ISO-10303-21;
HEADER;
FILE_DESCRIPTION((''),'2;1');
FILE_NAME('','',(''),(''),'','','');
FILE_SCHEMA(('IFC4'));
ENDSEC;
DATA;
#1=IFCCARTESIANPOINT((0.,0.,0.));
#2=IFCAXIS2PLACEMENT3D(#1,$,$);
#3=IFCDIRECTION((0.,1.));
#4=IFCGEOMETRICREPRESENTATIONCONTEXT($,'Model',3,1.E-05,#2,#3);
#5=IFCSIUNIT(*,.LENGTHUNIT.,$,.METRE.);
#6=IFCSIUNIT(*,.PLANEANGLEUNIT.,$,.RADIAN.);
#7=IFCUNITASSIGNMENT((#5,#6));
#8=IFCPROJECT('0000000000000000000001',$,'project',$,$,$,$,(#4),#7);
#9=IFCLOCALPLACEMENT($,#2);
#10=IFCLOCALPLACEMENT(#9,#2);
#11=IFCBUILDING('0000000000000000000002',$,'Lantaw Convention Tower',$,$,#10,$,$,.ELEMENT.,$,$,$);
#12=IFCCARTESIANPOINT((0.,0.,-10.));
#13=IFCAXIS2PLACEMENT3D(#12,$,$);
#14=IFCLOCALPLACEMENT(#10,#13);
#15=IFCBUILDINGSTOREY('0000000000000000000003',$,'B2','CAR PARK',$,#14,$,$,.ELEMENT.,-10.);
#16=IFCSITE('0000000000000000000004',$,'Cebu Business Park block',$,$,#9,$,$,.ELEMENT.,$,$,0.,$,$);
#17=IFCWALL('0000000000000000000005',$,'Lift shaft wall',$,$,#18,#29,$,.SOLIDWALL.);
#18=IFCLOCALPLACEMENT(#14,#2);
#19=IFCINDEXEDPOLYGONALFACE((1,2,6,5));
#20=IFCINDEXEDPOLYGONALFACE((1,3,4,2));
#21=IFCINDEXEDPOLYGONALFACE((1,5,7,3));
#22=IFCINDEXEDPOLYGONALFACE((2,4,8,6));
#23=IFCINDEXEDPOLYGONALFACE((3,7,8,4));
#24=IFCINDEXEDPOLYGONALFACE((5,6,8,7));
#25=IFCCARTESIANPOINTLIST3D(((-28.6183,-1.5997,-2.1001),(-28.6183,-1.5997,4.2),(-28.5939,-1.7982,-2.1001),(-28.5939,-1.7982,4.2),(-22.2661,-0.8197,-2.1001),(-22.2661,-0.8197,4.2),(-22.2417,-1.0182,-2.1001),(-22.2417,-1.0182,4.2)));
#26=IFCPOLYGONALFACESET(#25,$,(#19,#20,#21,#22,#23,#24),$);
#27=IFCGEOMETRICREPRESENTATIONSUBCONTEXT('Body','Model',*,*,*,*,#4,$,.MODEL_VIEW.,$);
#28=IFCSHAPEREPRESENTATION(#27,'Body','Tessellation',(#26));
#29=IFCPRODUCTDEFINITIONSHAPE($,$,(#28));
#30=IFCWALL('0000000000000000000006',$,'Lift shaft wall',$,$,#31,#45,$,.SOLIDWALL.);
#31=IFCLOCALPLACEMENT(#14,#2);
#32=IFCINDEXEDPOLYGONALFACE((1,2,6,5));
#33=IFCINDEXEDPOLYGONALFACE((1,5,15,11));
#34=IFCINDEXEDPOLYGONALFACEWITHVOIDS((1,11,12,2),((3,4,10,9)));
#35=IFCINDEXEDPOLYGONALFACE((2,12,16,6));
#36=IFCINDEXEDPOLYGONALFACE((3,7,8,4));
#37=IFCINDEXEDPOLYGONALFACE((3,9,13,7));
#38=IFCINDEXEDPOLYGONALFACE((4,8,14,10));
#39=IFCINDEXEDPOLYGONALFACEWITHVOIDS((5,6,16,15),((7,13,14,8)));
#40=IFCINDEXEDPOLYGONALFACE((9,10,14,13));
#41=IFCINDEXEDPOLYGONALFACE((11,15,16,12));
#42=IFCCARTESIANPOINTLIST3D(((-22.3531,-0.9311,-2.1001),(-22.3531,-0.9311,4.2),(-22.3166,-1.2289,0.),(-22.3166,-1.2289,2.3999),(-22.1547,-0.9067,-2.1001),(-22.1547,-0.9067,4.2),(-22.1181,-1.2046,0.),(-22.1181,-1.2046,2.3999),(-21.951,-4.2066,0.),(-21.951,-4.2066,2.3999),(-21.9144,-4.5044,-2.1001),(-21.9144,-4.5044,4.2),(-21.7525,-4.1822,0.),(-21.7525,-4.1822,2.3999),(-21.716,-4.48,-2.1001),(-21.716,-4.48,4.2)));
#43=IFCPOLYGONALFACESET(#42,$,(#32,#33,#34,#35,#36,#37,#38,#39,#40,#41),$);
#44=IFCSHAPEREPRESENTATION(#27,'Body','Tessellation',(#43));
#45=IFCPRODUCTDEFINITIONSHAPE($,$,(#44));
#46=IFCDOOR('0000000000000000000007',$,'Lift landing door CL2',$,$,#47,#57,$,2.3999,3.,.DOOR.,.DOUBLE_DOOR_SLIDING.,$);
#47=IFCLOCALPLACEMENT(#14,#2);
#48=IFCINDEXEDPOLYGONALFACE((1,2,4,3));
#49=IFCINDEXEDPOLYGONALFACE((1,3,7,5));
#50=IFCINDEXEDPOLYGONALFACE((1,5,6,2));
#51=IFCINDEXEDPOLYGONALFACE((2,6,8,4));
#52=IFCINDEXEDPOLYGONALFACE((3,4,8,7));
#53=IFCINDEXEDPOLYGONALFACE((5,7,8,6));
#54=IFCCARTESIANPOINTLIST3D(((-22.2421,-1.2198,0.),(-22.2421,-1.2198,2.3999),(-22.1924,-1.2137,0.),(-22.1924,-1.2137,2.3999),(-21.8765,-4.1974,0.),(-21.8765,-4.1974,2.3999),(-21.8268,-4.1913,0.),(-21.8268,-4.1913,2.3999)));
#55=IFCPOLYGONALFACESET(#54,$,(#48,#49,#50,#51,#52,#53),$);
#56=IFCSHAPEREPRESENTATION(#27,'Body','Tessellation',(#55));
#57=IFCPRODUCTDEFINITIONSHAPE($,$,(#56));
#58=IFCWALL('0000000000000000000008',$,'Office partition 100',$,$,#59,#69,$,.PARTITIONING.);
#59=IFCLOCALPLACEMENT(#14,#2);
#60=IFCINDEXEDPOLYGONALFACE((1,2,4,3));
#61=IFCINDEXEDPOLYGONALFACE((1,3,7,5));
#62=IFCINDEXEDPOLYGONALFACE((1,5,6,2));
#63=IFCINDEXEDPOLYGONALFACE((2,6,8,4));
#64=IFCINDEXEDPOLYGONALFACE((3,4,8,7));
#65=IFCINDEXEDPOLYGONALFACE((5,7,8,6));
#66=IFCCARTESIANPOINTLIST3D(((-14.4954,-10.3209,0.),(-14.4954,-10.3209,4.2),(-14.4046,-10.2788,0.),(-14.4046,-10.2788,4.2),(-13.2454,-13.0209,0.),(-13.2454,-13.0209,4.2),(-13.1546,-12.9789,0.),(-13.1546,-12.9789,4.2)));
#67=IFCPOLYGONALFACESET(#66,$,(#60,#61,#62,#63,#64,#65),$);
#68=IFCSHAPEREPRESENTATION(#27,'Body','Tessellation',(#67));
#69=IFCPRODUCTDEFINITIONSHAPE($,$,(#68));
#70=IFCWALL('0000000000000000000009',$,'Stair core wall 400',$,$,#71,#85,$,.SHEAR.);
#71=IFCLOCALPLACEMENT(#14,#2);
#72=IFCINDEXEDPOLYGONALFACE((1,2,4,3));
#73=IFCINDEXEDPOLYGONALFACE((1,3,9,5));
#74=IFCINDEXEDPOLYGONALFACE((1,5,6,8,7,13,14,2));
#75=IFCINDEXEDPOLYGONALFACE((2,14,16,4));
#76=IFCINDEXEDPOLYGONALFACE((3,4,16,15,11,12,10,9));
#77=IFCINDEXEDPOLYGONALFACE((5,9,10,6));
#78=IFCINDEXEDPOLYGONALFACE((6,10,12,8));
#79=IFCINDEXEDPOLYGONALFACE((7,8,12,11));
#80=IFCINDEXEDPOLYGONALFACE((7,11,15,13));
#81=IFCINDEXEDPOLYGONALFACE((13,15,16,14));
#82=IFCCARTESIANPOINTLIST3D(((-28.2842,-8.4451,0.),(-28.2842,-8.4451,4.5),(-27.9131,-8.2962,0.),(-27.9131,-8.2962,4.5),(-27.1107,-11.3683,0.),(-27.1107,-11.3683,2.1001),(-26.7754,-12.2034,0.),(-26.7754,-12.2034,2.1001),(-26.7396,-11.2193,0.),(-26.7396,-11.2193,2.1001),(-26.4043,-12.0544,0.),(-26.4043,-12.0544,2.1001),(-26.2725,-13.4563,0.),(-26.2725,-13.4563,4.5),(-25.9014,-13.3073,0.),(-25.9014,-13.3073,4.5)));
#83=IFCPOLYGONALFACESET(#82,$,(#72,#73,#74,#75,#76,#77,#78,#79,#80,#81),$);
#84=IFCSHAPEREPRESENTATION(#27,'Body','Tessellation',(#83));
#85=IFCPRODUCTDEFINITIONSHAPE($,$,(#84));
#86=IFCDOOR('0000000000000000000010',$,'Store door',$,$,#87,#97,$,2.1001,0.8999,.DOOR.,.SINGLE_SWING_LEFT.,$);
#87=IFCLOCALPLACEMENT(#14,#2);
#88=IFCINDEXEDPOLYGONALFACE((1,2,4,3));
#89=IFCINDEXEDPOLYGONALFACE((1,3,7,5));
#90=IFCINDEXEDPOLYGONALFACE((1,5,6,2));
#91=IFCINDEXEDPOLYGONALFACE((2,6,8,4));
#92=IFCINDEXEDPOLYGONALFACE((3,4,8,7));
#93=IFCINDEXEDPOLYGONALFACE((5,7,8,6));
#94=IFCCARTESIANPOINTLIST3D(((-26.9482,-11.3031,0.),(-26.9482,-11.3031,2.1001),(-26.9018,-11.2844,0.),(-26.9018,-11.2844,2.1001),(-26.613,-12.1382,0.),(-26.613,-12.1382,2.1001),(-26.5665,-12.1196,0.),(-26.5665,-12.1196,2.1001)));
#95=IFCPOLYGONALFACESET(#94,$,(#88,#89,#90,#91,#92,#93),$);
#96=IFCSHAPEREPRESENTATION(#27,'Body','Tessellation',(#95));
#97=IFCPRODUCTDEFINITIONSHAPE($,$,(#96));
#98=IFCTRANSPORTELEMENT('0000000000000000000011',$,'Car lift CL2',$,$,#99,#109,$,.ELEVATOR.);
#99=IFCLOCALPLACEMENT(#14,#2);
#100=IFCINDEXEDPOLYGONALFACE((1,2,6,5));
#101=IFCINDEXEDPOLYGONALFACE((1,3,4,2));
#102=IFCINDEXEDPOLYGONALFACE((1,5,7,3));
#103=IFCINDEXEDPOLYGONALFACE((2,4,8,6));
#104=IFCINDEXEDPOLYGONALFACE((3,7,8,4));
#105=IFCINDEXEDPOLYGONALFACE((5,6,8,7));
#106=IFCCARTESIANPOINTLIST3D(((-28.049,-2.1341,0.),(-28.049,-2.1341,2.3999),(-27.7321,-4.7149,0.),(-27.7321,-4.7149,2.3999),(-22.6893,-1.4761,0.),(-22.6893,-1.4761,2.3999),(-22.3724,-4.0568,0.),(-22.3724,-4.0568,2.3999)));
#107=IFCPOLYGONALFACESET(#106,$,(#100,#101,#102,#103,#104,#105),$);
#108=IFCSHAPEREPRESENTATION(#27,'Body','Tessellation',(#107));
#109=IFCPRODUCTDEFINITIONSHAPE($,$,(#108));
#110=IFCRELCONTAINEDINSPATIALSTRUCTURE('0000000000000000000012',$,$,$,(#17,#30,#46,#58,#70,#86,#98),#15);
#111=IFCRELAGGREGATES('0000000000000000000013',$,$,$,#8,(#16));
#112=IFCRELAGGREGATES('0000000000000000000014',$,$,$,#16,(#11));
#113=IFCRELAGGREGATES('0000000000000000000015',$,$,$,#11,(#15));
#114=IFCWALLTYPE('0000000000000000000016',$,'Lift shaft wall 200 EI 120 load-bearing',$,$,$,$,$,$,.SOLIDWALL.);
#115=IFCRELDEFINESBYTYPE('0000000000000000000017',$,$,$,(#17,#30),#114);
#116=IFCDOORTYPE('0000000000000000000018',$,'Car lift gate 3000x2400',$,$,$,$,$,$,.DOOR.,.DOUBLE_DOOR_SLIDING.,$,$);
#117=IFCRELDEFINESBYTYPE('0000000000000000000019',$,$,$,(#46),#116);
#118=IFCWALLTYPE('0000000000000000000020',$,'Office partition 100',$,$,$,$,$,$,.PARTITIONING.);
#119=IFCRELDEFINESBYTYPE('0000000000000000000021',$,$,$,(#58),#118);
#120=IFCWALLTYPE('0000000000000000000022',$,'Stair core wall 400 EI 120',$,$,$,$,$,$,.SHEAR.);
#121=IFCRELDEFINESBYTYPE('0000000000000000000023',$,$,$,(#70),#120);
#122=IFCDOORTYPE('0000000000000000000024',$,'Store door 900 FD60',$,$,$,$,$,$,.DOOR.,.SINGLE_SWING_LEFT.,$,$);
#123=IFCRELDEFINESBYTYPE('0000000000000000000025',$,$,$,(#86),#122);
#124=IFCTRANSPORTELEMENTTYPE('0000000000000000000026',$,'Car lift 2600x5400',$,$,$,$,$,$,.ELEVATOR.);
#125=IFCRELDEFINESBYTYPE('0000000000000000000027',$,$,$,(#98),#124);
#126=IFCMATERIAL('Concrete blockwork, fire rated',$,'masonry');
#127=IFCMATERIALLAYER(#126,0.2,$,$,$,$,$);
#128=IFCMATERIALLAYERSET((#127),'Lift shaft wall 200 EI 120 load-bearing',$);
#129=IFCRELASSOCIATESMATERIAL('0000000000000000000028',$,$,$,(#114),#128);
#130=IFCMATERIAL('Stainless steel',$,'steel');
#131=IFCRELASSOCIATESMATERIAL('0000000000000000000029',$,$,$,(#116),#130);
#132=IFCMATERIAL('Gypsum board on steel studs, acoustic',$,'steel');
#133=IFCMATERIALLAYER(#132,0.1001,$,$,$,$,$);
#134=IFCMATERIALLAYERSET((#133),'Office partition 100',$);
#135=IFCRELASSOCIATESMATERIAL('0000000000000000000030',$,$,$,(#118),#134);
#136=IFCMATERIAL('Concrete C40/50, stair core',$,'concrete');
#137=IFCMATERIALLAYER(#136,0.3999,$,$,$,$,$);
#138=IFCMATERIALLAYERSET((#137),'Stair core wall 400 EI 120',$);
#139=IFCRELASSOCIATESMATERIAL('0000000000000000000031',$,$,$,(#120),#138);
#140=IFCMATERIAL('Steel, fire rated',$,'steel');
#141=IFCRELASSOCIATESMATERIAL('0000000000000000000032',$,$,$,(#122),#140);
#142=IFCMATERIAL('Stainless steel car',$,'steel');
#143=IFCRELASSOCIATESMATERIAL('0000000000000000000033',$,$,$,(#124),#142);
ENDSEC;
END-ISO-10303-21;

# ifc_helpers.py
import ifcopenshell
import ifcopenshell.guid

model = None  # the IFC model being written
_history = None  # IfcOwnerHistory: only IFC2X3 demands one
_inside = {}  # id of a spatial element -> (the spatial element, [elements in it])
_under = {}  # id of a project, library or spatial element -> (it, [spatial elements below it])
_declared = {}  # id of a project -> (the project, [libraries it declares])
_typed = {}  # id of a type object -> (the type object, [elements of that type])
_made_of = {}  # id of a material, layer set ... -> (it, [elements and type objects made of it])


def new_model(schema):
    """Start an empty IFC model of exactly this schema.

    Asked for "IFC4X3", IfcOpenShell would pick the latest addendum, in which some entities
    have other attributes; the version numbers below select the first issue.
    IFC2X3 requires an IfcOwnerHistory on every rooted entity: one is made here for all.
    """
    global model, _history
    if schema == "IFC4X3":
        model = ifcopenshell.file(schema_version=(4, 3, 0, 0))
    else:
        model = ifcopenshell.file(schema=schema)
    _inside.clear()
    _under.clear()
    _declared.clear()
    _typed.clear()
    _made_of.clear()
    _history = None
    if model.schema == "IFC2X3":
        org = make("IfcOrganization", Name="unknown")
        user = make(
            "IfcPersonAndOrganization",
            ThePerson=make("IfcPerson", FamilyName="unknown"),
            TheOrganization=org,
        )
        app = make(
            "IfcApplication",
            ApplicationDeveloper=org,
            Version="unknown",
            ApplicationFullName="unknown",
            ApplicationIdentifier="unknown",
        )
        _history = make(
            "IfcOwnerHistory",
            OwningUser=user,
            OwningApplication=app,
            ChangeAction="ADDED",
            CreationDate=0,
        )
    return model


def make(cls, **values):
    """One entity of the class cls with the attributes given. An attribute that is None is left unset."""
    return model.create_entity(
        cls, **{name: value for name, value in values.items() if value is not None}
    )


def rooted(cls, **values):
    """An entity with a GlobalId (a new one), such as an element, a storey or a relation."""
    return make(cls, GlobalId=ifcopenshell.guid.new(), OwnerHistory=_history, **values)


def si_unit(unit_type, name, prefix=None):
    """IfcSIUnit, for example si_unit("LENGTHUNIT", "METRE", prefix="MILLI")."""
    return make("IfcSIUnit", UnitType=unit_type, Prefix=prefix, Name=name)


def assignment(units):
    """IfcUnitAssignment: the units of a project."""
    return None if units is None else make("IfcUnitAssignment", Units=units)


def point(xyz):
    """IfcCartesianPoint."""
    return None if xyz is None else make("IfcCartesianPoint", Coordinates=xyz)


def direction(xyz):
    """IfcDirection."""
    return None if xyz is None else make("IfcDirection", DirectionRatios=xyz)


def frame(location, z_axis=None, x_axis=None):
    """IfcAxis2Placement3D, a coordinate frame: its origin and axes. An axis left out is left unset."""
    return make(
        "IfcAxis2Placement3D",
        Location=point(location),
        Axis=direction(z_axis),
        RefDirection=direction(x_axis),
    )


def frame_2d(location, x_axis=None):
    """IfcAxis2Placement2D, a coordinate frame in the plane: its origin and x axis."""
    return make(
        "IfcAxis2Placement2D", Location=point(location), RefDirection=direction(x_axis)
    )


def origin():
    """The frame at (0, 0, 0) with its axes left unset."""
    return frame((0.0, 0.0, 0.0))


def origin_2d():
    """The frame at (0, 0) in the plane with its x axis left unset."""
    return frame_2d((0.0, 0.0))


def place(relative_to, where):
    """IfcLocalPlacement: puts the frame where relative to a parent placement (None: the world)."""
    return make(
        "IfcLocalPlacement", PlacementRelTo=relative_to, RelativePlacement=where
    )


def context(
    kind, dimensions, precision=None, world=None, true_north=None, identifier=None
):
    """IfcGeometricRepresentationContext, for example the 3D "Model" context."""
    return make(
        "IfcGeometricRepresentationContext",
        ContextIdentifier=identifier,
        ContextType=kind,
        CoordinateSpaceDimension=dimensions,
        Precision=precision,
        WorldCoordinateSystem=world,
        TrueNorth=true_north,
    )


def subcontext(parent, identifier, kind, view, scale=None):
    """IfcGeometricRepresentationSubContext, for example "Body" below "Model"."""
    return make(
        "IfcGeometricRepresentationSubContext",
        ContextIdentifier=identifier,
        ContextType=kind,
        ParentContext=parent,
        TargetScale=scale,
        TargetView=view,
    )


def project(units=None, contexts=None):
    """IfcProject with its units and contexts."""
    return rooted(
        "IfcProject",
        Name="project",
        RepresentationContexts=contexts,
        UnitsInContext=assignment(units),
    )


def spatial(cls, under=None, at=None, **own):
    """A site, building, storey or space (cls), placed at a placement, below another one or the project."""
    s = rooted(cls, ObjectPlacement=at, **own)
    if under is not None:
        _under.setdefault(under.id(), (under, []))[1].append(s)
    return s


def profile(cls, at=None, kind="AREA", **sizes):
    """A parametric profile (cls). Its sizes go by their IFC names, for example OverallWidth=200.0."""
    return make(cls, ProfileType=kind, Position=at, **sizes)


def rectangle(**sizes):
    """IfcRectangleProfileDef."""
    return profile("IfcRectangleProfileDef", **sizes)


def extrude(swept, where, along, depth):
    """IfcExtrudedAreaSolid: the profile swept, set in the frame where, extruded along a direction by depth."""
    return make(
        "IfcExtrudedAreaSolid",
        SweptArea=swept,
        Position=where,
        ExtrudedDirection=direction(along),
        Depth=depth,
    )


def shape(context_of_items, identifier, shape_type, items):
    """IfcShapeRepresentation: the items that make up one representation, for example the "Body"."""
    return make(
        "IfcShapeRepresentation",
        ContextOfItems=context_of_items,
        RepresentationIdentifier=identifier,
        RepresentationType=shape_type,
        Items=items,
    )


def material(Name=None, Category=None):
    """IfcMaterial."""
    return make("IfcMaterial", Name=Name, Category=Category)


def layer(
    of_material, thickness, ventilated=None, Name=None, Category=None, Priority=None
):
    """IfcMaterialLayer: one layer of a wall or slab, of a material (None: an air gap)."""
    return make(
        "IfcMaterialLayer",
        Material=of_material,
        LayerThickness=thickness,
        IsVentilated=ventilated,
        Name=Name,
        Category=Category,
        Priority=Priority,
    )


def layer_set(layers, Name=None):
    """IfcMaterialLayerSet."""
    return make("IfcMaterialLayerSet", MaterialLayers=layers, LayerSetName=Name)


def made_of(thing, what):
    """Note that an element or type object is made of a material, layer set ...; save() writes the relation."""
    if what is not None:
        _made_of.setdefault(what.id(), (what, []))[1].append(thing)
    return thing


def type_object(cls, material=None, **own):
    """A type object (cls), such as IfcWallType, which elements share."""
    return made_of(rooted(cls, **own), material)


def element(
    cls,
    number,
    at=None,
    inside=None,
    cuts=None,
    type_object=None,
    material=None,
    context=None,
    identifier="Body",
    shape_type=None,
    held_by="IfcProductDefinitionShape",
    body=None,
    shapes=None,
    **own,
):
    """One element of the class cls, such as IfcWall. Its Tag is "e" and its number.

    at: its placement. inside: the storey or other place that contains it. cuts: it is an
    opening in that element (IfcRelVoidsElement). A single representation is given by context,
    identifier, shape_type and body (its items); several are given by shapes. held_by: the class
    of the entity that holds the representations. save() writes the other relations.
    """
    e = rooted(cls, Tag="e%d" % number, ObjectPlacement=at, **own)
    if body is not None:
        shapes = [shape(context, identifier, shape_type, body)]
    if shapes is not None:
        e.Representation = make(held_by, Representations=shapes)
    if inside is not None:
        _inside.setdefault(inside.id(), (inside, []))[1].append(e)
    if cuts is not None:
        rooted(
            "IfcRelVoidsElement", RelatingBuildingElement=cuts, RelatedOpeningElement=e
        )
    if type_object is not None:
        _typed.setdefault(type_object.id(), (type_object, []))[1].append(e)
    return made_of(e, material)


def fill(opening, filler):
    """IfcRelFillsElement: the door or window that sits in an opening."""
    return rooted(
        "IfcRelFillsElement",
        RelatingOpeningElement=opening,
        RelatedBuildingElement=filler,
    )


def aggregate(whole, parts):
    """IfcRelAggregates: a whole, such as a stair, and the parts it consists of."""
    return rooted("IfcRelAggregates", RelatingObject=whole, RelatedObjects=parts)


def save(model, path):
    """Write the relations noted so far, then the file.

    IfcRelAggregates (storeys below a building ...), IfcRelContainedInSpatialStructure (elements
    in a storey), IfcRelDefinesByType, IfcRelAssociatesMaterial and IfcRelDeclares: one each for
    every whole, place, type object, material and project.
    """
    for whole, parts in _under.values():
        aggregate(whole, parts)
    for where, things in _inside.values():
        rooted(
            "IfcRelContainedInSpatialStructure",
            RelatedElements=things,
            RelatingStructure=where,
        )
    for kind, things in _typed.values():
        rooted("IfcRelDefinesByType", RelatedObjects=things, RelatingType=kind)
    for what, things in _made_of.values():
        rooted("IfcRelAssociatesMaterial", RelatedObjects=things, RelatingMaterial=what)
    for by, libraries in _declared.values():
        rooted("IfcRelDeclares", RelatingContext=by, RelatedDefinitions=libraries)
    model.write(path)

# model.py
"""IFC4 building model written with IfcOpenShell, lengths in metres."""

from ifc_helpers import new_model, si_unit, direction, frame, frame_2d, origin, origin_2d, place, context, subcontext, project, spatial, rectangle, extrude, material, layer, layer_set, type_object, element, fill, save


model = new_model("IFC4")

# Units and contexts
model_context = context("Model", 3, precision=1e-05, world=origin(), true_north=direction((0.0, 1.0)))
body_context = subcontext(model_context, "Body", "Model", "MODEL_VIEW")
ifc_project = project(units=[si_unit("LENGTHUNIT", "METRE"), si_unit("PLANEANGLEUNIT", "RADIAN")], contexts=[model_context])

# Site, building, storey
site_placement = place(None, origin())
site = spatial("IfcSite", under=ifc_project, at=site_placement, Name="Cebu Business Park block", CompositionType="ELEMENT", RefElevation=0.0)
building_placement = place(site_placement, origin())
building = spatial("IfcBuilding", under=site, at=building_placement, Name="Lantaw Convention Tower", CompositionType="ELEMENT")
storey_placement = place(building_placement, frame((0.0, 0.0, -10.0)))
storey = spatial("IfcBuildingStorey", under=building, at=storey_placement, Name="B2", Description="CAR PARK", CompositionType="ELEMENT", Elevation=-10.0)

# Wall
ifc_material_1 = material(Name="Concrete blockwork, fire rated", Category="masonry")
ifc_layer_1 = layer(ifc_material_1, 0.2)
ifc_layer_set_1 = layer_set([ifc_layer_1], Name="Lift shaft wall 200 EI 120 load-bearing")
wall_type_1 = type_object("IfcWallType", Name="Lift shaft wall 200 EI 120 load-bearing", PredefinedType="SOLIDWALL", material=ifc_layer_set_1)
wall_1_placement = place(storey_placement, frame((-22.2539, -0.9189, -2.1001), z_axis=(0.0, 0.0, 1.0), x_axis=(-0.992545, -0.121879, 0.0)))
element("IfcWall", 1, at=wall_1_placement, inside=storey, type_object=wall_type_1, Name="Lift shaft wall", PredefinedType="SOLIDWALL", context=body_context, shape_type="SweptSolid", body=[
    extrude(rectangle(XDim=6.3999, YDim=0.2, at=frame_2d((3.2, 0.0))), origin(), (0.0, 0.0, 1.0), 6.3),
])

# Wall, opening, door
wall_2_placement = place(storey_placement, frame((-21.8152, -4.4922, -2.1001), z_axis=(0.0, 0.0, 1.0), x_axis=(-0.121864, 0.992547, 0.0)))
wall_2 = element("IfcWall", 2, at=wall_2_placement, inside=storey, type_object=wall_type_1, Name="Lift shaft wall", PredefinedType="SOLIDWALL", context=body_context, shape_type="SweptSolid", body=[
    extrude(rectangle(XDim=3.6001, YDim=0.2, at=frame_2d((1.8, 0.0))), origin(), (0.0, 0.0, 1.0), 6.3),
])
opening_1_placement = place(wall_2_placement, frame((0.3, 0.0, 2.1001)))
opening_1 = element("IfcOpeningElement", 3, at=opening_1_placement, cuts=wall_2, PredefinedType="OPENING", context=body_context, shape_type="SweptSolid", body=[
    extrude(rectangle(XDim=3.0, YDim=2.3999, at=frame_2d((1.5, 1.2))), frame((0.0, 0.1099, 0.0), z_axis=(0.0, -1.0, 0.0), x_axis=(1.0, 0.0, 0.0)), (0.0, 0.0, 1.0), 0.22),
])
ifc_material_2 = material(Name="Stainless steel", Category="steel")
door_type_1 = type_object("IfcDoorType", Name="Car lift gate 3000x2400", OperationType="DOUBLE_DOOR_SLIDING", PredefinedType="DOOR", material=ifc_material_2)
door_1_placement = place(opening_1_placement, origin())
door_1 = element("IfcDoor", 4, at=door_1_placement, inside=storey, type_object=door_type_1, Name="Lift landing door CL2", OperationType="DOUBLE_DOOR_SLIDING", OverallHeight=2.3999, OverallWidth=3.0, PredefinedType="DOOR", context=body_context, shape_type="SweptSolid", body=[
    extrude(rectangle(XDim=3.0, YDim=2.3999, at=frame_2d((1.5, 1.2))), frame((0.0, 0.0249, 0.0), z_axis=(0.0, -1.0, 0.0), x_axis=(1.0, 0.0, 0.0)), (0.0, 0.0, 1.0), 0.05),
])
fill(opening_1, door_1)

# Wall
ifc_material_3 = material(Name="Gypsum board on steel studs, acoustic", Category="steel")
ifc_layer_2 = layer(ifc_material_3, 0.1001)
ifc_layer_set_2 = layer_set([ifc_layer_2], Name="Office partition 100")
wall_type_2 = type_object("IfcWallType", Name="Office partition 100", PredefinedType="PARTITIONING", material=ifc_layer_set_2)
wall_3_placement = place(storey_placement, frame((-13.2, -13.0, 0.0), z_axis=(0.0, 0.0, 1.0), x_axis=(-0.42013, 0.907464, 0.0)))
element("IfcWall", 5, at=wall_3_placement, inside=storey, type_object=wall_type_2, Name="Office partition 100", PredefinedType="PARTITIONING", context=body_context, shape_type="SweptSolid", body=[
    extrude(rectangle(XDim=2.9753, YDim=0.1001, at=frame_2d((1.4878, 0.0))), origin(), (0.0, 0.0, 1.0), 4.2),
])

# Wall, opening, door
ifc_material_4 = material(Name="Concrete C40/50, stair core", Category="concrete")
ifc_layer_3 = layer(ifc_material_4, 0.3999)
ifc_layer_set_3 = layer_set([ifc_layer_3], Name="Stair core wall 400 EI 120")
wall_type_3 = type_object("IfcWallType", Name="Stair core wall 400 EI 120", PredefinedType="SHEAR", material=ifc_layer_set_3)
wall_4_placement = place(storey_placement, frame((-26.0869, -13.3818, 0.0), z_axis=(0.0, 0.0, 1.0), x_axis=(-0.372544, 0.928015, 0.0)))
wall_4 = element("IfcWall", 6, at=wall_4_placement, inside=storey, type_object=wall_type_3, Name="Stair core wall 400", PredefinedType="SHEAR", context=body_context, shape_type="SweptSolid", body=[
    extrude(rectangle(XDim=5.3999, YDim=0.3999, at=frame_2d((2.7, 0.0))), origin(), (0.0, 0.0, 1.0), 4.5),
])
opening_2_placement = place(wall_4_placement, frame((1.3501, 0.0, 0.0)))
opening_2 = element("IfcOpeningElement", 7, at=opening_2_placement, cuts=wall_4, PredefinedType="OPENING", context=body_context, shape_type="SweptSolid", body=[
    extrude(rectangle(XDim=0.8999, YDim=2.1001, at=frame_2d((0.45, 1.05))), frame((0.0, 0.21, 0.0), z_axis=(0.0, -1.0, 0.0), x_axis=(1.0, 0.0, 0.0)), (0.0, 0.0, 1.0), 0.4199),
])
ifc_material_5 = material(Name="Steel, fire rated", Category="steel")
door_type_2 = type_object("IfcDoorType", Name="Store door 900 FD60", OperationType="SINGLE_SWING_LEFT", PredefinedType="DOOR", material=ifc_material_5)
door_2_placement = place(opening_2_placement, origin())
door_2 = element("IfcDoor", 8, at=door_2_placement, inside=storey, type_object=door_type_2, Name="Store door", OperationType="SINGLE_SWING_LEFT", OverallHeight=2.1001, OverallWidth=0.8999, PredefinedType="DOOR", context=body_context, shape_type="SweptSolid", body=[
    extrude(rectangle(XDim=0.8999, YDim=2.1001, at=frame_2d((0.45, 1.05))), frame((0.0, 0.0249, 0.0), z_axis=(0.0, -1.0, 0.0), x_axis=(1.0, 0.0, 0.0)), (0.0, 0.0, 1.0), 0.05),
])
fill(opening_2, door_2)

# Transport element
ifc_material_6 = material(Name="Stainless steel car", Category="steel")
transport_element_type = type_object("IfcTransportElementType", Name="Car lift 2600x5400", PredefinedType="ELEVATOR", material=ifc_material_6)
transport_element_placement = place(storey_placement, frame((-25.2107, -3.0955, 0.0), z_axis=(0.0, 0.0, 1.0), x_axis=(-0.992546, -0.121869, 0.0)))
element("IfcTransportElement", 9, at=transport_element_placement, inside=storey, type_object=transport_element_type, Name="Car lift CL2", PredefinedType="ELEVATOR", context=body_context, shape_type="SweptSolid", body=[
    extrude(rectangle(XDim=5.3999, YDim=2.6001, at=origin_2d()), origin(), (0.0, 0.0, 1.0), 2.3999),
])

save(model, "model.ifc")
